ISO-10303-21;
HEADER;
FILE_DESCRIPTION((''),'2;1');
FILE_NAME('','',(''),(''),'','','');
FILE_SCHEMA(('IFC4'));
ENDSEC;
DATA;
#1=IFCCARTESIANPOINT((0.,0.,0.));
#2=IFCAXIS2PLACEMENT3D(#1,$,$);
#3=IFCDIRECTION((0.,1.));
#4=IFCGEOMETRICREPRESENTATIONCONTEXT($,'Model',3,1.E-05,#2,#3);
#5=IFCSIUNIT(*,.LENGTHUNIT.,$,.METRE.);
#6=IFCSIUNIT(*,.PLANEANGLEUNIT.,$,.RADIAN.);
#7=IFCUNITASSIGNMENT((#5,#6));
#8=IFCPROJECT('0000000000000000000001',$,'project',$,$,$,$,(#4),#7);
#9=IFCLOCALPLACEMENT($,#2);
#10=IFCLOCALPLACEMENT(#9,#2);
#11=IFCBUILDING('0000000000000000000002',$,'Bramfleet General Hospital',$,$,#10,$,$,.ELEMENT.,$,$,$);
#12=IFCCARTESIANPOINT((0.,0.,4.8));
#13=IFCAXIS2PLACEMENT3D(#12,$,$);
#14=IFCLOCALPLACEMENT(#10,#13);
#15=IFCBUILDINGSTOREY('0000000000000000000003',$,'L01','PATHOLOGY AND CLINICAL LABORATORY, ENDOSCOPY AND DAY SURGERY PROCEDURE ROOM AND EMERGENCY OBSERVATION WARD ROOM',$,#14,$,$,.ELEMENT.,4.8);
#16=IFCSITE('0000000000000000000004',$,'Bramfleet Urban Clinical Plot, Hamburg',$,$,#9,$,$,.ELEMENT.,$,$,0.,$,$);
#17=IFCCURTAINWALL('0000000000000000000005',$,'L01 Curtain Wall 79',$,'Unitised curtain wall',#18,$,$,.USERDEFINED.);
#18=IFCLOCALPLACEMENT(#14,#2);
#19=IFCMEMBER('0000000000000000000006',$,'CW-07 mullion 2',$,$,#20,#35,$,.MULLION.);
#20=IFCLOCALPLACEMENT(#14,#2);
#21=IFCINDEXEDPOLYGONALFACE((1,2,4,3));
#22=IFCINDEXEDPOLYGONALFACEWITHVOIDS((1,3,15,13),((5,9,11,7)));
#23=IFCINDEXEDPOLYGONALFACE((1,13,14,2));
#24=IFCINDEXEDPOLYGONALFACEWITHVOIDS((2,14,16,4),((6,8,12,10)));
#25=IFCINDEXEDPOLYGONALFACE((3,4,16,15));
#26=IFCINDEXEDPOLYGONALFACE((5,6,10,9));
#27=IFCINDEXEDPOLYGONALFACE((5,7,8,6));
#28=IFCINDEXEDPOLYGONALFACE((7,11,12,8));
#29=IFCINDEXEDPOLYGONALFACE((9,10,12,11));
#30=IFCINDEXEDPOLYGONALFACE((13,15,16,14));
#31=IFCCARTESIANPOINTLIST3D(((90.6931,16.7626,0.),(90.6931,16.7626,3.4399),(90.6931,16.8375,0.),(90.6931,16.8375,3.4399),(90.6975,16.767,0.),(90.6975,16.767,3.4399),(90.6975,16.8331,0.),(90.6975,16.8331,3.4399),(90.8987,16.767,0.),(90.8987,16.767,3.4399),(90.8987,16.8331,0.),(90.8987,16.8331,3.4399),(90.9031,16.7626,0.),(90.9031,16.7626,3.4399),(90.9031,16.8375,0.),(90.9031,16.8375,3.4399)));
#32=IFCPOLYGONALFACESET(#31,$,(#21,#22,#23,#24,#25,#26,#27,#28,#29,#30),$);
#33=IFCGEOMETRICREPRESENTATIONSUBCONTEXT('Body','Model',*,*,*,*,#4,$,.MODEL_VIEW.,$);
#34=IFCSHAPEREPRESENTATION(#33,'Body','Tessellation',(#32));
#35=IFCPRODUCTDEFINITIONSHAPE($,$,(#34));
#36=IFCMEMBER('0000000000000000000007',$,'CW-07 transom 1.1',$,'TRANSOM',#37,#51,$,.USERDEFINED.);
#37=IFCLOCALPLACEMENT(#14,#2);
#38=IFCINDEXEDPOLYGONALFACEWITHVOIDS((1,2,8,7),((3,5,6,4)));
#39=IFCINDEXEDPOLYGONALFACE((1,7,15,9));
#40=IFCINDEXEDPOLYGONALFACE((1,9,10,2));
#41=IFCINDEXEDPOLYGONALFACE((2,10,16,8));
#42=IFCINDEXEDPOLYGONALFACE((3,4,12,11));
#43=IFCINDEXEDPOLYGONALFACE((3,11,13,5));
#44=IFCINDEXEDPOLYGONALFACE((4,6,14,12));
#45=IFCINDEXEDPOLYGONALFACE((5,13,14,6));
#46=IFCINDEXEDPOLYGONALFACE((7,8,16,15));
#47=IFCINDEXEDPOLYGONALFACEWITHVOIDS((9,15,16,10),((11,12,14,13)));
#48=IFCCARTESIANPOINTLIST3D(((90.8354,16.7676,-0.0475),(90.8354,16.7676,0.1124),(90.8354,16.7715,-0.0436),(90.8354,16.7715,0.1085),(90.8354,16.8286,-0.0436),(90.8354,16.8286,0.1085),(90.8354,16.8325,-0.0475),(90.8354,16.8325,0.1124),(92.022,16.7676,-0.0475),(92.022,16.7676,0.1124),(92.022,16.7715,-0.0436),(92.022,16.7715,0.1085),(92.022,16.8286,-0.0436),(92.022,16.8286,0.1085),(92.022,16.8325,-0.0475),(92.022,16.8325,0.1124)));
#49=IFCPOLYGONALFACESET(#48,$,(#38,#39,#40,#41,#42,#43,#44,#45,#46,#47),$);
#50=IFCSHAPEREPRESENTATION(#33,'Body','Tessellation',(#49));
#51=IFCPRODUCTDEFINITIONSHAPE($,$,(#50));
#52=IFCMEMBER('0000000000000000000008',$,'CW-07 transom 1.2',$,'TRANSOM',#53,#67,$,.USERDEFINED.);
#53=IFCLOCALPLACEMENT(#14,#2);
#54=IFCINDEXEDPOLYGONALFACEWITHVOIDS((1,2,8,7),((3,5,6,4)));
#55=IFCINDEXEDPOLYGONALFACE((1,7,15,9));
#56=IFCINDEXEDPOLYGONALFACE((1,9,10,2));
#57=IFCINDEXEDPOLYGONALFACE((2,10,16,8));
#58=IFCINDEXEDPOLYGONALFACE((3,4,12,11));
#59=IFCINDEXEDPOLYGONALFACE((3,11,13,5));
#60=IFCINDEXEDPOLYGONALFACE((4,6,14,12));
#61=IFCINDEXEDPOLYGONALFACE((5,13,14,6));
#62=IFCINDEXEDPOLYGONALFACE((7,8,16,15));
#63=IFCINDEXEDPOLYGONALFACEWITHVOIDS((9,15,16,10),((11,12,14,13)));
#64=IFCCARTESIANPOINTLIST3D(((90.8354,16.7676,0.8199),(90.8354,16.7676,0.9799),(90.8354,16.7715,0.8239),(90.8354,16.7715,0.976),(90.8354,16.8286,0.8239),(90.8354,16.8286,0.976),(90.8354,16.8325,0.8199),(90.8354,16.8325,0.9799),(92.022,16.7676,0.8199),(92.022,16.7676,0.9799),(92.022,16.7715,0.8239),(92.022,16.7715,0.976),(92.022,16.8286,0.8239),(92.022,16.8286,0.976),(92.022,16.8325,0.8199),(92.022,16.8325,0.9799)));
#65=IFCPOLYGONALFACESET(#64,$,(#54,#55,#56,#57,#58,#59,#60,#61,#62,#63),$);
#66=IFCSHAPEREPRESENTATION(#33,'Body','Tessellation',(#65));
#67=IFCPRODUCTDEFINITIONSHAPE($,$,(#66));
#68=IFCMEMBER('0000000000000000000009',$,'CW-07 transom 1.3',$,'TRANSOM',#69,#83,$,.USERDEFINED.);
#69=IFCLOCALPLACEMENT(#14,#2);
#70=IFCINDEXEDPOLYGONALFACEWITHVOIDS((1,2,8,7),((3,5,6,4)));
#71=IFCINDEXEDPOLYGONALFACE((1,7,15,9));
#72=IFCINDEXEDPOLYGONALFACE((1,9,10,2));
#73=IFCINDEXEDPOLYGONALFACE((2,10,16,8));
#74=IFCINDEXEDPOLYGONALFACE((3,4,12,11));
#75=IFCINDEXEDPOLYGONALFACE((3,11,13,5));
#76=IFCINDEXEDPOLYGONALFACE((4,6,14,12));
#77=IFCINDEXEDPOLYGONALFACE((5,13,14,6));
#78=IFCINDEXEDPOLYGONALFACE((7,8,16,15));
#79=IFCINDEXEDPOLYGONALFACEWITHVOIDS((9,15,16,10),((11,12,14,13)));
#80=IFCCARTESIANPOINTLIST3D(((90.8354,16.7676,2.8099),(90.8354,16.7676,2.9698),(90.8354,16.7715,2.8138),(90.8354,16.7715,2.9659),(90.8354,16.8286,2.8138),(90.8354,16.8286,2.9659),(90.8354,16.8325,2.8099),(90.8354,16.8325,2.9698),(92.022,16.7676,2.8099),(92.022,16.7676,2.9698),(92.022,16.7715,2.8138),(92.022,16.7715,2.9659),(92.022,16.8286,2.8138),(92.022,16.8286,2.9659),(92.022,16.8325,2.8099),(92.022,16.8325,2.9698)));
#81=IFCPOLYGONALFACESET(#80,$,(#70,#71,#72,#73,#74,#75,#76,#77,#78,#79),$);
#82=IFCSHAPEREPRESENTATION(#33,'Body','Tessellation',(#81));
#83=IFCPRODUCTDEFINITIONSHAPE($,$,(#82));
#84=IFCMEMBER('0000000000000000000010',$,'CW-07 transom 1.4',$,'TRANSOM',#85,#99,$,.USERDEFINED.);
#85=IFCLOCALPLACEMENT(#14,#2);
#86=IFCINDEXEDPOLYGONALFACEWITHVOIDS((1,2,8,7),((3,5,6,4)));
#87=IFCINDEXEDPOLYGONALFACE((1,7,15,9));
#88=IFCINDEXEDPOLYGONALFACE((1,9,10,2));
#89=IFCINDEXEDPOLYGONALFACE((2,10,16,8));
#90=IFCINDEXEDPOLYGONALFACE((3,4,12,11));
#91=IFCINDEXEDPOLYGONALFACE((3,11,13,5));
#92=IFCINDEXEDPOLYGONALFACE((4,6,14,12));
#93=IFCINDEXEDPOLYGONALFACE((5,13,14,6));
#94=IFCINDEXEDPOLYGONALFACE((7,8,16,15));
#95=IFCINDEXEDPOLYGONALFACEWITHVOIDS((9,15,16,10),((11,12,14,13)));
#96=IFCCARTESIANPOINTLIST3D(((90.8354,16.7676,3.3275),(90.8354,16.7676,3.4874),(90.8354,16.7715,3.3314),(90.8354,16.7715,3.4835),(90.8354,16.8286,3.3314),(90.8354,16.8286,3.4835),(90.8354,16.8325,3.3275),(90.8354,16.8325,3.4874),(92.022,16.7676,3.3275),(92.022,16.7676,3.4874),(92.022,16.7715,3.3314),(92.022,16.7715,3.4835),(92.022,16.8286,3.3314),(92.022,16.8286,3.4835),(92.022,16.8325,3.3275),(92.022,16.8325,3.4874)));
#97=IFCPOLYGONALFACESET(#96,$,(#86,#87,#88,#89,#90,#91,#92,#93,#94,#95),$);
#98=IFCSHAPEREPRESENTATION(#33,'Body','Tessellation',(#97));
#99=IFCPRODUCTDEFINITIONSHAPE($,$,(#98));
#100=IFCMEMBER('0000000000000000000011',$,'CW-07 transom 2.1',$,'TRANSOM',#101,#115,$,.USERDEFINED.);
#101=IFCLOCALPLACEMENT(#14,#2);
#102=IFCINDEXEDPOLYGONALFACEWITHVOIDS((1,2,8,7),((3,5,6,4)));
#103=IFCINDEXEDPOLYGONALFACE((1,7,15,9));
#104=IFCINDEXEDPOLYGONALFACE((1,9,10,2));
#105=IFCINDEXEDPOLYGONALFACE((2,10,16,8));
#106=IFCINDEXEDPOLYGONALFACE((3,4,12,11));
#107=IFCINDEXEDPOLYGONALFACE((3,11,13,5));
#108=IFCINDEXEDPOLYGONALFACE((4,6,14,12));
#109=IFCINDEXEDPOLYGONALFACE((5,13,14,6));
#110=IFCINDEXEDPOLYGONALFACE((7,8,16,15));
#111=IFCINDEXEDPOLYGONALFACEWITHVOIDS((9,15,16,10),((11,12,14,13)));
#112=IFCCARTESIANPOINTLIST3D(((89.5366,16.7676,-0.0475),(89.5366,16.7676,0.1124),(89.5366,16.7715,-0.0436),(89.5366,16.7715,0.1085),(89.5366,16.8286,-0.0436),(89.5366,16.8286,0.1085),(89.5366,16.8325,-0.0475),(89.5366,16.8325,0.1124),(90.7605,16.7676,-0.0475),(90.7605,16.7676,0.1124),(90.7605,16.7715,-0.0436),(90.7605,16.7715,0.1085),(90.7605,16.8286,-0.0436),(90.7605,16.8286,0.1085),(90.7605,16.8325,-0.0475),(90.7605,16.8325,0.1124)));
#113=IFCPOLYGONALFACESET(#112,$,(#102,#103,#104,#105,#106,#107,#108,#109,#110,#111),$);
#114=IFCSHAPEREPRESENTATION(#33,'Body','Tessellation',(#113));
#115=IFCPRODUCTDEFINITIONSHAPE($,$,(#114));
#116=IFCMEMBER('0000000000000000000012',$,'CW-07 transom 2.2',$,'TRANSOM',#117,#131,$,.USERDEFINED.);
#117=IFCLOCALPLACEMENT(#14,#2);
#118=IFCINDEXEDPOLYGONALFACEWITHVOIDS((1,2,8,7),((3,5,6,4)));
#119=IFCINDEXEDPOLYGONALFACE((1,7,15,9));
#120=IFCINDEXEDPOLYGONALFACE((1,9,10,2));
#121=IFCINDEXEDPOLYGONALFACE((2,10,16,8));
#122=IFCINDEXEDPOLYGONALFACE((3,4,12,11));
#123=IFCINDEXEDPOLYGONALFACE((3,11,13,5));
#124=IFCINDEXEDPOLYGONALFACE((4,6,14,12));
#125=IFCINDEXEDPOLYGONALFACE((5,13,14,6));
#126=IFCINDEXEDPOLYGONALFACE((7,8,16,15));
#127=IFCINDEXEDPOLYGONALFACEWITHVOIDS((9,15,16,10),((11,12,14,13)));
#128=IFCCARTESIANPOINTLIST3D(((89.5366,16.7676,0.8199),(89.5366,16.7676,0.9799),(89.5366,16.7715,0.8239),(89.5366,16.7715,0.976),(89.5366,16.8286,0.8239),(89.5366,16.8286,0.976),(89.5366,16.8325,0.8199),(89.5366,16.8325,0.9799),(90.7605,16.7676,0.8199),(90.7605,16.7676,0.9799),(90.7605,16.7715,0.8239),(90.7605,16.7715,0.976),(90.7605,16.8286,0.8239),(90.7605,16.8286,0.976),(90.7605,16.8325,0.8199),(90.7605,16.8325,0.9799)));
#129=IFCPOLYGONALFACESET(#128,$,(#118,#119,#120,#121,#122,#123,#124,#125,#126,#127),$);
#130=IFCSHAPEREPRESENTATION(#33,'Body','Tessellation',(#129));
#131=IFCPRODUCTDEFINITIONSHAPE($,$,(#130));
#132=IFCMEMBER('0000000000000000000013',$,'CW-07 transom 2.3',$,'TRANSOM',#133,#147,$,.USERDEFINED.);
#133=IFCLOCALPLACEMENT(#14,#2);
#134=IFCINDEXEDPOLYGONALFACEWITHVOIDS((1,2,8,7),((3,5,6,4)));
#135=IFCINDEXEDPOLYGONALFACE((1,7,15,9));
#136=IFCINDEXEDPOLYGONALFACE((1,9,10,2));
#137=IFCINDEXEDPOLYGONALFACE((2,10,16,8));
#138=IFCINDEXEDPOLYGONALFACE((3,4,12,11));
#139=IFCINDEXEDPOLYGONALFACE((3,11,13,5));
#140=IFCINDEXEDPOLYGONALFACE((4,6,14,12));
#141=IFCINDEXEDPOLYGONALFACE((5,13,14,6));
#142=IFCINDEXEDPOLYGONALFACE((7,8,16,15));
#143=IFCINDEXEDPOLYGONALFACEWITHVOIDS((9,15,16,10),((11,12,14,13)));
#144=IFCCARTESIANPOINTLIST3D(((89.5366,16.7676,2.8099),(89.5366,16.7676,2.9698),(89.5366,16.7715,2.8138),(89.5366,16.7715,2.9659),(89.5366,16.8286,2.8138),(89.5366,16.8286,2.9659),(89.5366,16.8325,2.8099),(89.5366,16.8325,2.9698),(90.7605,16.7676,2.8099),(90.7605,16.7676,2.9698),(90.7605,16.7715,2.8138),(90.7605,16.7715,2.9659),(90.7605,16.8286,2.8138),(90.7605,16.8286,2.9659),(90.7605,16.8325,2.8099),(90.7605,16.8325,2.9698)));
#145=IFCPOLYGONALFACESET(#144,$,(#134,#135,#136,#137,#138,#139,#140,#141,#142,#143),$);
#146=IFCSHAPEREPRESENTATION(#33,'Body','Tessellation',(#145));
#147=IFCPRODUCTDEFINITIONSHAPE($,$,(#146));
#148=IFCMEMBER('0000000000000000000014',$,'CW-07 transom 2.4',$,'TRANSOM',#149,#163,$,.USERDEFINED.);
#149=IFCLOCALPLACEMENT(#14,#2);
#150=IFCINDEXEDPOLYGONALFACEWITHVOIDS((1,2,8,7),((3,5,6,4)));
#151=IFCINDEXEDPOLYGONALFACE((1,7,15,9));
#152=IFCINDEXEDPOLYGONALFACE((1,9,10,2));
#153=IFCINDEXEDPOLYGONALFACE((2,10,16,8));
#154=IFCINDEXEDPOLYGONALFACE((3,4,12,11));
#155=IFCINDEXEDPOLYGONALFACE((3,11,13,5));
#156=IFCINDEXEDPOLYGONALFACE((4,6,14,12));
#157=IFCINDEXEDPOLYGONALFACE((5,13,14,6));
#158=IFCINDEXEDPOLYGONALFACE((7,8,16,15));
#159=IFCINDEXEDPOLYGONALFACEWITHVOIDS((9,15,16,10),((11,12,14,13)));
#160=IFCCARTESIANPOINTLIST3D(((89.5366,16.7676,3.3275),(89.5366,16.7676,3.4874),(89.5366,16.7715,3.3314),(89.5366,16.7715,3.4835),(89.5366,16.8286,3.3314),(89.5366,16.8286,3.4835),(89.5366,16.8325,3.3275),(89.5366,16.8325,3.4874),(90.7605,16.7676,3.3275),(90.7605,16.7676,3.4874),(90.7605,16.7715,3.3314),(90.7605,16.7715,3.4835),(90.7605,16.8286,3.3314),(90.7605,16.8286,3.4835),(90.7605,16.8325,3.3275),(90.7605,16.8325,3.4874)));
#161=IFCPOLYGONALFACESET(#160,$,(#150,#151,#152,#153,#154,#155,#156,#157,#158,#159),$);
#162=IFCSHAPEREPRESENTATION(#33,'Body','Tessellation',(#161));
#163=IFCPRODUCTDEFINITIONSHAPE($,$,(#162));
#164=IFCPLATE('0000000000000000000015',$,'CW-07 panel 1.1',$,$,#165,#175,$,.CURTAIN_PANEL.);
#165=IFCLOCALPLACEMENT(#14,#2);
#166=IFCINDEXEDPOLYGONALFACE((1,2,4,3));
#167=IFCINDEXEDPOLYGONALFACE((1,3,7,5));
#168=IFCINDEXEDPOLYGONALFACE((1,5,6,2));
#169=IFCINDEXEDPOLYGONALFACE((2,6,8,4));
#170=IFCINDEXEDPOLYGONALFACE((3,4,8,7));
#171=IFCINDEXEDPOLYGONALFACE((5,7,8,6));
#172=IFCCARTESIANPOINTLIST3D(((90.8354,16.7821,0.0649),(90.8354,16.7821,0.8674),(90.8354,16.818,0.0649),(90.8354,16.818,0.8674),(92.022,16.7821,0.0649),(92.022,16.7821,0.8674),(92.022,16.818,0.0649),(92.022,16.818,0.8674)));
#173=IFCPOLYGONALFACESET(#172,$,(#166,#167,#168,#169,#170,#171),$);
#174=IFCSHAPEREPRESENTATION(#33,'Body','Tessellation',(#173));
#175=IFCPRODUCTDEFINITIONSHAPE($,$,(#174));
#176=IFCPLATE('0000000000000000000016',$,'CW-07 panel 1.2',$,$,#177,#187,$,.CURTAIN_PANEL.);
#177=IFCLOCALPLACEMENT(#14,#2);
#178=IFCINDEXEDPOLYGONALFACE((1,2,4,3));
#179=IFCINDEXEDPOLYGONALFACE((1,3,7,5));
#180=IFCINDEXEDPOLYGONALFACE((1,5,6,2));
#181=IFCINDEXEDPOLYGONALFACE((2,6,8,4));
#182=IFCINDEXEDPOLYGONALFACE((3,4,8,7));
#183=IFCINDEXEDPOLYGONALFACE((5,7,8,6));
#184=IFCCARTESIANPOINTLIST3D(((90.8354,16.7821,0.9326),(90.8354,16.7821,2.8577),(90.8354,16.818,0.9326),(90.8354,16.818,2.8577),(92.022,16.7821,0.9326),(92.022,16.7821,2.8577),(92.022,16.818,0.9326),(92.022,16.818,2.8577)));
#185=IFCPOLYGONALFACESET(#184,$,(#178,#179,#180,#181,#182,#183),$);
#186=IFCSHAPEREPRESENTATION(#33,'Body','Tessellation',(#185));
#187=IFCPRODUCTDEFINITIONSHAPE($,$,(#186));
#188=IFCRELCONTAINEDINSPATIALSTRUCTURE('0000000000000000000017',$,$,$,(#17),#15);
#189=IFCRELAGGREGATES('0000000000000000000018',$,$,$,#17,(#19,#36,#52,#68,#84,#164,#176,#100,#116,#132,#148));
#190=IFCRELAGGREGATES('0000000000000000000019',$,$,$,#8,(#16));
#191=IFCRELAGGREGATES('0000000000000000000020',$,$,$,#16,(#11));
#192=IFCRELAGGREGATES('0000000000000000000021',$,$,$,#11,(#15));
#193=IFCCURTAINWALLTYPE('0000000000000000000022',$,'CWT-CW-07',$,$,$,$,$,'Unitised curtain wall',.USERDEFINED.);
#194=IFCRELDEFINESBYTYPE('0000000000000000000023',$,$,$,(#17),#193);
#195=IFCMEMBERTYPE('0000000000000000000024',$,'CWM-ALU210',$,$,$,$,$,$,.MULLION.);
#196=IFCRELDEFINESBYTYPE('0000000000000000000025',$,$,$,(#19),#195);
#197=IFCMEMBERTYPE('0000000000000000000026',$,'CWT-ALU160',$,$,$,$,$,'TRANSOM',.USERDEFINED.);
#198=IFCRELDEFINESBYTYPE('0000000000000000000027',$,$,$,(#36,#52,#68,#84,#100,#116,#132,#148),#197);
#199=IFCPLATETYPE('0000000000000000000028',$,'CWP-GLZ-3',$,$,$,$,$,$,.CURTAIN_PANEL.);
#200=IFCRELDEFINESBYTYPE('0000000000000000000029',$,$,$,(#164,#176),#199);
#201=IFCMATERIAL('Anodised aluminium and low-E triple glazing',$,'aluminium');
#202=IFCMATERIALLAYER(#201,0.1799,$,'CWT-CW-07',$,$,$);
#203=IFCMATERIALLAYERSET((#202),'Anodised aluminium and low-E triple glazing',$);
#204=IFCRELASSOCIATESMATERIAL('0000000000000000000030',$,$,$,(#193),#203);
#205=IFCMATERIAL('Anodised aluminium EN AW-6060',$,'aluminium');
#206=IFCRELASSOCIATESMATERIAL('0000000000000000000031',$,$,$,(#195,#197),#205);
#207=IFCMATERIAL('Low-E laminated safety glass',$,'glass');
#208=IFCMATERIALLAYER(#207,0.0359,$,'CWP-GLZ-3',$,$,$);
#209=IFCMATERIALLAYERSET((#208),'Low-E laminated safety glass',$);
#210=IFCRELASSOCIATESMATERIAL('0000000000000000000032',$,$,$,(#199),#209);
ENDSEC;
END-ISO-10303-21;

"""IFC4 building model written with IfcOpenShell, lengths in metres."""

from ifc_helpers import new_model, si_unit, direction, frame, origin, origin_2d, place, context, subcontext, project, spatial, rectangle, hollow_rectangle, extrude, material, layer, layer_set, material_profile, profile_set, type_object, element, aggregate, save


model = new_model("IFC4")

# Units and contexts
model_context = context("Model", 3, precision=1e-05, world=origin(), true_north=direction((0.0, 1.0)))
body_context = subcontext(model_context, "Body", "Model", "MODEL_VIEW")
ifc_project = project(units=[si_unit("LENGTHUNIT", "METRE"), si_unit("PLANEANGLEUNIT", "RADIAN")], contexts=[model_context])

# Site, building, storey
site_placement = place(None, origin())
site = spatial("IfcSite", under=ifc_project, at=site_placement, Name="Bramfleet Urban Clinical Plot, Hamburg", CompositionType="ELEMENT", RefElevation=0.0)
building_placement = place(site_placement, origin())
building = spatial("IfcBuilding", under=site, at=building_placement, Name="Bramfleet General Hospital", CompositionType="ELEMENT")
storey_placement = place(building_placement, frame((0.0, 0.0, 4.8)))
storey = spatial("IfcBuildingStorey", under=building, at=storey_placement, Name="L01", Description="PATHOLOGY AND CLINICAL LABORATORY, ENDOSCOPY AND DAY SURGERY PROCEDURE ROOM AND EMERGENCY OBSERVATION WARD ROOM", CompositionType="ELEMENT", Elevation=4.8)

# Curtain wall, members, plates
ifc_material_1 = material(Name="Anodised aluminium and low-E triple glazing", Category="aluminium")
ifc_layer_1 = layer(ifc_material_1, 0.1799, Name="CWT-CW-07")
ifc_layer_set_1 = layer_set([ifc_layer_1], Name="Anodised aluminium and low-E triple glazing")
curtain_wall_type = type_object("IfcCurtainWallType", Name="CWT-CW-07", ElementType="Unitised curtain wall", PredefinedType="USERDEFINED", material=ifc_layer_set_1)
curtain_wall_placement = place(storey_placement, origin())
curtain_wall = element("IfcCurtainWall", 1, at=curtain_wall_placement, inside=storey, type_object=curtain_wall_type, Name="L01 Curtain Wall 79", ObjectType="Unitised curtain wall", PredefinedType="USERDEFINED")
ifc_material_2 = material(Name="Anodised aluminium EN AW-6060", Category="aluminium")
ifc_material_profile_1 = material_profile(ifc_material_2, hollow_rectangle(XDim=0.075, YDim=0.21, WallThickness=0.0044, at=origin_2d()), Name="ALU 210x75x4.5")
ifc_profile_set_1 = profile_set([ifc_material_profile_1], Name="Anodised aluminium EN AW-6060")
member_type_1 = type_object("IfcMemberType", Name="CWM-ALU210", PredefinedType="MULLION", material=ifc_profile_set_1)
member_1_placement = place(storey_placement, frame((90.7981, 16.8, 0.0), z_axis=(0.0, 0.0, 1.0), x_axis=(0.0, -1.0, 0.0)))
member_1 = element("IfcMember", 2, at=member_1_placement, type_object=member_type_1, Name="CW-07 mullion 2", PredefinedType="MULLION", context=body_context, shape_type="SweptSolid", body=[
    extrude(hollow_rectangle(XDim=0.075, YDim=0.21, WallThickness=0.0044, at=origin_2d()), origin(), (0.0, 0.0, 1.0), 3.4399),
])
ifc_material_profile_2 = material_profile(ifc_material_2, hollow_rectangle(XDim=0.0649, YDim=0.1599, WallThickness=0.0039, at=origin_2d()), Name="ALU 160x65x4.0")
ifc_profile_set_2 = profile_set([ifc_material_profile_2], Name="Anodised aluminium EN AW-6060")
member_type_2 = type_object("IfcMemberType", Name="CWT-ALU160", ElementType="TRANSOM", PredefinedType="USERDEFINED", material=ifc_profile_set_2)
member_2_placement = place(storey_placement, frame((92.022, 16.8, 0.0325), z_axis=(-1.0, 0.0, 0.0), x_axis=(0.0, -1.0, 0.0)))
member_2 = element("IfcMember", 3, at=member_2_placement, type_object=member_type_2, Name="CW-07 transom 1.1", ObjectType="TRANSOM", PredefinedType="USERDEFINED", context=body_context, shape_type="SweptSolid", body=[
    extrude(hollow_rectangle(XDim=0.0649, YDim=0.1599, WallThickness=0.0039, at=origin_2d()), origin(), (0.0, 0.0, 1.0), 1.1865),
])
member_3_placement = place(storey_placement, frame((92.022, 16.8, 0.8999), z_axis=(-1.0, 0.0, 0.0), x_axis=(0.0, -1.0, 0.0)))
member_3 = element("IfcMember", 4, at=member_3_placement, type_object=member_type_2, Name="CW-07 transom 1.2", ObjectType="TRANSOM", PredefinedType="USERDEFINED", context=body_context, shape_type="SweptSolid", body=[
    extrude(hollow_rectangle(XDim=0.0649, YDim=0.1599, WallThickness=0.0039, at=origin_2d()), origin(), (0.0, 0.0, 1.0), 1.1865),
])
member_4_placement = place(storey_placement, frame((92.022, 16.8, 2.8899), z_axis=(-1.0, 0.0, 0.0), x_axis=(0.0, -1.0, 0.0)))
member_4 = element("IfcMember", 5, at=member_4_placement, type_object=member_type_2, Name="CW-07 transom 1.3", ObjectType="TRANSOM", PredefinedType="USERDEFINED", context=body_context, shape_type="SweptSolid", body=[
    extrude(hollow_rectangle(XDim=0.0649, YDim=0.1599, WallThickness=0.0039, at=origin_2d()), origin(), (0.0, 0.0, 1.0), 1.1865),
])
member_5_placement = place(storey_placement, frame((92.022, 16.8, 3.4075), z_axis=(-1.0, 0.0, 0.0), x_axis=(0.0, -1.0, 0.0)))
member_5 = element("IfcMember", 6, at=member_5_placement, type_object=member_type_2, Name="CW-07 transom 1.4", ObjectType="TRANSOM", PredefinedType="USERDEFINED", context=body_context, shape_type="SweptSolid", body=[
    extrude(hollow_rectangle(XDim=0.0649, YDim=0.1599, WallThickness=0.0039, at=origin_2d()), origin(), (0.0, 0.0, 1.0), 1.1865),
])
member_6_placement = place(storey_placement, frame((90.7605, 16.8, 0.0325), z_axis=(-1.0, 0.0, 0.0), x_axis=(0.0, -1.0, 0.0)))
member_6 = element("IfcMember", 7, at=member_6_placement, type_object=member_type_2, Name="CW-07 transom 2.1", ObjectType="TRANSOM", PredefinedType="USERDEFINED", context=body_context, shape_type="SweptSolid", body=[
    extrude(hollow_rectangle(XDim=0.0649, YDim=0.1599, WallThickness=0.0039, at=origin_2d()), origin(), (0.0, 0.0, 1.0), 1.2239),
])
member_7_placement = place(storey_placement, frame((90.7605, 16.8, 0.8999), z_axis=(-1.0, 0.0, 0.0), x_axis=(0.0, -1.0, 0.0)))
member_7 = element("IfcMember", 8, at=member_7_placement, type_object=member_type_2, Name="CW-07 transom 2.2", ObjectType="TRANSOM", PredefinedType="USERDEFINED", context=body_context, shape_type="SweptSolid", body=[
    extrude(hollow_rectangle(XDim=0.0649, YDim=0.1599, WallThickness=0.0039, at=origin_2d()), origin(), (0.0, 0.0, 1.0), 1.2239),
])
member_8_placement = place(storey_placement, frame((90.7605, 16.8, 2.8899), z_axis=(-1.0, 0.0, 0.0), x_axis=(0.0, -1.0, 0.0)))
member_8 = element("IfcMember", 9, at=member_8_placement, type_object=member_type_2, Name="CW-07 transom 2.3", ObjectType="TRANSOM", PredefinedType="USERDEFINED", context=body_context, shape_type="SweptSolid", body=[
    extrude(hollow_rectangle(XDim=0.0649, YDim=0.1599, WallThickness=0.0039, at=origin_2d()), origin(), (0.0, 0.0, 1.0), 1.2239),
])
member_9_placement = place(storey_placement, frame((90.7605, 16.8, 3.4075), z_axis=(-1.0, 0.0, 0.0), x_axis=(0.0, -1.0, 0.0)))
member_9 = element("IfcMember", 10, at=member_9_placement, type_object=member_type_2, Name="CW-07 transom 2.4", ObjectType="TRANSOM", PredefinedType="USERDEFINED", context=body_context, shape_type="SweptSolid", body=[
    extrude(hollow_rectangle(XDim=0.0649, YDim=0.1599, WallThickness=0.0039, at=origin_2d()), origin(), (0.0, 0.0, 1.0), 1.2239),
])
ifc_material_3 = material(Name="Low-E laminated safety glass", Category="glass")
ifc_layer_2 = layer(ifc_material_3, 0.0359, Name="CWP-GLZ-3")
ifc_layer_set_2 = layer_set([ifc_layer_2], Name="Low-E laminated safety glass")
plate_type = type_object("IfcPlateType", Name="CWP-GLZ-3", PredefinedType="CURTAIN_PANEL", material=ifc_layer_set_2)
plate_1_placement = place(storey_placement, frame((91.4287, 16.8, 0.0649), z_axis=(0.0, 0.0, 1.0), x_axis=(-1.0, 0.0, 0.0)))
plate_1 = element("IfcPlate", 11, at=plate_1_placement, type_object=plate_type, Name="CW-07 panel 1.1", PredefinedType="CURTAIN_PANEL", context=body_context, shape_type="SweptSolid", body=[
    extrude(rectangle(XDim=1.1865, YDim=0.0359, at=origin_2d()), origin(), (0.0, 0.0, 1.0), 0.8025),
])
plate_2_placement = place(storey_placement, frame((91.4287, 16.8, 0.9326), z_axis=(0.0, 0.0, 1.0), x_axis=(-1.0, 0.0, 0.0)))
plate_2 = element("IfcPlate", 12, at=plate_2_placement, type_object=plate_type, Name="CW-07 panel 1.2", PredefinedType="CURTAIN_PANEL", context=body_context, shape_type="SweptSolid", body=[
    extrude(rectangle(XDim=1.1865, YDim=0.0359, at=origin_2d()), origin(), (0.0, 0.0, 1.0), 1.925),
])
aggregate(curtain_wall, [member_1, member_2, member_3, member_4, member_5, plate_1, plate_2, member_6, member_7, member_8, member_9])

save(model, "model.ifc")
